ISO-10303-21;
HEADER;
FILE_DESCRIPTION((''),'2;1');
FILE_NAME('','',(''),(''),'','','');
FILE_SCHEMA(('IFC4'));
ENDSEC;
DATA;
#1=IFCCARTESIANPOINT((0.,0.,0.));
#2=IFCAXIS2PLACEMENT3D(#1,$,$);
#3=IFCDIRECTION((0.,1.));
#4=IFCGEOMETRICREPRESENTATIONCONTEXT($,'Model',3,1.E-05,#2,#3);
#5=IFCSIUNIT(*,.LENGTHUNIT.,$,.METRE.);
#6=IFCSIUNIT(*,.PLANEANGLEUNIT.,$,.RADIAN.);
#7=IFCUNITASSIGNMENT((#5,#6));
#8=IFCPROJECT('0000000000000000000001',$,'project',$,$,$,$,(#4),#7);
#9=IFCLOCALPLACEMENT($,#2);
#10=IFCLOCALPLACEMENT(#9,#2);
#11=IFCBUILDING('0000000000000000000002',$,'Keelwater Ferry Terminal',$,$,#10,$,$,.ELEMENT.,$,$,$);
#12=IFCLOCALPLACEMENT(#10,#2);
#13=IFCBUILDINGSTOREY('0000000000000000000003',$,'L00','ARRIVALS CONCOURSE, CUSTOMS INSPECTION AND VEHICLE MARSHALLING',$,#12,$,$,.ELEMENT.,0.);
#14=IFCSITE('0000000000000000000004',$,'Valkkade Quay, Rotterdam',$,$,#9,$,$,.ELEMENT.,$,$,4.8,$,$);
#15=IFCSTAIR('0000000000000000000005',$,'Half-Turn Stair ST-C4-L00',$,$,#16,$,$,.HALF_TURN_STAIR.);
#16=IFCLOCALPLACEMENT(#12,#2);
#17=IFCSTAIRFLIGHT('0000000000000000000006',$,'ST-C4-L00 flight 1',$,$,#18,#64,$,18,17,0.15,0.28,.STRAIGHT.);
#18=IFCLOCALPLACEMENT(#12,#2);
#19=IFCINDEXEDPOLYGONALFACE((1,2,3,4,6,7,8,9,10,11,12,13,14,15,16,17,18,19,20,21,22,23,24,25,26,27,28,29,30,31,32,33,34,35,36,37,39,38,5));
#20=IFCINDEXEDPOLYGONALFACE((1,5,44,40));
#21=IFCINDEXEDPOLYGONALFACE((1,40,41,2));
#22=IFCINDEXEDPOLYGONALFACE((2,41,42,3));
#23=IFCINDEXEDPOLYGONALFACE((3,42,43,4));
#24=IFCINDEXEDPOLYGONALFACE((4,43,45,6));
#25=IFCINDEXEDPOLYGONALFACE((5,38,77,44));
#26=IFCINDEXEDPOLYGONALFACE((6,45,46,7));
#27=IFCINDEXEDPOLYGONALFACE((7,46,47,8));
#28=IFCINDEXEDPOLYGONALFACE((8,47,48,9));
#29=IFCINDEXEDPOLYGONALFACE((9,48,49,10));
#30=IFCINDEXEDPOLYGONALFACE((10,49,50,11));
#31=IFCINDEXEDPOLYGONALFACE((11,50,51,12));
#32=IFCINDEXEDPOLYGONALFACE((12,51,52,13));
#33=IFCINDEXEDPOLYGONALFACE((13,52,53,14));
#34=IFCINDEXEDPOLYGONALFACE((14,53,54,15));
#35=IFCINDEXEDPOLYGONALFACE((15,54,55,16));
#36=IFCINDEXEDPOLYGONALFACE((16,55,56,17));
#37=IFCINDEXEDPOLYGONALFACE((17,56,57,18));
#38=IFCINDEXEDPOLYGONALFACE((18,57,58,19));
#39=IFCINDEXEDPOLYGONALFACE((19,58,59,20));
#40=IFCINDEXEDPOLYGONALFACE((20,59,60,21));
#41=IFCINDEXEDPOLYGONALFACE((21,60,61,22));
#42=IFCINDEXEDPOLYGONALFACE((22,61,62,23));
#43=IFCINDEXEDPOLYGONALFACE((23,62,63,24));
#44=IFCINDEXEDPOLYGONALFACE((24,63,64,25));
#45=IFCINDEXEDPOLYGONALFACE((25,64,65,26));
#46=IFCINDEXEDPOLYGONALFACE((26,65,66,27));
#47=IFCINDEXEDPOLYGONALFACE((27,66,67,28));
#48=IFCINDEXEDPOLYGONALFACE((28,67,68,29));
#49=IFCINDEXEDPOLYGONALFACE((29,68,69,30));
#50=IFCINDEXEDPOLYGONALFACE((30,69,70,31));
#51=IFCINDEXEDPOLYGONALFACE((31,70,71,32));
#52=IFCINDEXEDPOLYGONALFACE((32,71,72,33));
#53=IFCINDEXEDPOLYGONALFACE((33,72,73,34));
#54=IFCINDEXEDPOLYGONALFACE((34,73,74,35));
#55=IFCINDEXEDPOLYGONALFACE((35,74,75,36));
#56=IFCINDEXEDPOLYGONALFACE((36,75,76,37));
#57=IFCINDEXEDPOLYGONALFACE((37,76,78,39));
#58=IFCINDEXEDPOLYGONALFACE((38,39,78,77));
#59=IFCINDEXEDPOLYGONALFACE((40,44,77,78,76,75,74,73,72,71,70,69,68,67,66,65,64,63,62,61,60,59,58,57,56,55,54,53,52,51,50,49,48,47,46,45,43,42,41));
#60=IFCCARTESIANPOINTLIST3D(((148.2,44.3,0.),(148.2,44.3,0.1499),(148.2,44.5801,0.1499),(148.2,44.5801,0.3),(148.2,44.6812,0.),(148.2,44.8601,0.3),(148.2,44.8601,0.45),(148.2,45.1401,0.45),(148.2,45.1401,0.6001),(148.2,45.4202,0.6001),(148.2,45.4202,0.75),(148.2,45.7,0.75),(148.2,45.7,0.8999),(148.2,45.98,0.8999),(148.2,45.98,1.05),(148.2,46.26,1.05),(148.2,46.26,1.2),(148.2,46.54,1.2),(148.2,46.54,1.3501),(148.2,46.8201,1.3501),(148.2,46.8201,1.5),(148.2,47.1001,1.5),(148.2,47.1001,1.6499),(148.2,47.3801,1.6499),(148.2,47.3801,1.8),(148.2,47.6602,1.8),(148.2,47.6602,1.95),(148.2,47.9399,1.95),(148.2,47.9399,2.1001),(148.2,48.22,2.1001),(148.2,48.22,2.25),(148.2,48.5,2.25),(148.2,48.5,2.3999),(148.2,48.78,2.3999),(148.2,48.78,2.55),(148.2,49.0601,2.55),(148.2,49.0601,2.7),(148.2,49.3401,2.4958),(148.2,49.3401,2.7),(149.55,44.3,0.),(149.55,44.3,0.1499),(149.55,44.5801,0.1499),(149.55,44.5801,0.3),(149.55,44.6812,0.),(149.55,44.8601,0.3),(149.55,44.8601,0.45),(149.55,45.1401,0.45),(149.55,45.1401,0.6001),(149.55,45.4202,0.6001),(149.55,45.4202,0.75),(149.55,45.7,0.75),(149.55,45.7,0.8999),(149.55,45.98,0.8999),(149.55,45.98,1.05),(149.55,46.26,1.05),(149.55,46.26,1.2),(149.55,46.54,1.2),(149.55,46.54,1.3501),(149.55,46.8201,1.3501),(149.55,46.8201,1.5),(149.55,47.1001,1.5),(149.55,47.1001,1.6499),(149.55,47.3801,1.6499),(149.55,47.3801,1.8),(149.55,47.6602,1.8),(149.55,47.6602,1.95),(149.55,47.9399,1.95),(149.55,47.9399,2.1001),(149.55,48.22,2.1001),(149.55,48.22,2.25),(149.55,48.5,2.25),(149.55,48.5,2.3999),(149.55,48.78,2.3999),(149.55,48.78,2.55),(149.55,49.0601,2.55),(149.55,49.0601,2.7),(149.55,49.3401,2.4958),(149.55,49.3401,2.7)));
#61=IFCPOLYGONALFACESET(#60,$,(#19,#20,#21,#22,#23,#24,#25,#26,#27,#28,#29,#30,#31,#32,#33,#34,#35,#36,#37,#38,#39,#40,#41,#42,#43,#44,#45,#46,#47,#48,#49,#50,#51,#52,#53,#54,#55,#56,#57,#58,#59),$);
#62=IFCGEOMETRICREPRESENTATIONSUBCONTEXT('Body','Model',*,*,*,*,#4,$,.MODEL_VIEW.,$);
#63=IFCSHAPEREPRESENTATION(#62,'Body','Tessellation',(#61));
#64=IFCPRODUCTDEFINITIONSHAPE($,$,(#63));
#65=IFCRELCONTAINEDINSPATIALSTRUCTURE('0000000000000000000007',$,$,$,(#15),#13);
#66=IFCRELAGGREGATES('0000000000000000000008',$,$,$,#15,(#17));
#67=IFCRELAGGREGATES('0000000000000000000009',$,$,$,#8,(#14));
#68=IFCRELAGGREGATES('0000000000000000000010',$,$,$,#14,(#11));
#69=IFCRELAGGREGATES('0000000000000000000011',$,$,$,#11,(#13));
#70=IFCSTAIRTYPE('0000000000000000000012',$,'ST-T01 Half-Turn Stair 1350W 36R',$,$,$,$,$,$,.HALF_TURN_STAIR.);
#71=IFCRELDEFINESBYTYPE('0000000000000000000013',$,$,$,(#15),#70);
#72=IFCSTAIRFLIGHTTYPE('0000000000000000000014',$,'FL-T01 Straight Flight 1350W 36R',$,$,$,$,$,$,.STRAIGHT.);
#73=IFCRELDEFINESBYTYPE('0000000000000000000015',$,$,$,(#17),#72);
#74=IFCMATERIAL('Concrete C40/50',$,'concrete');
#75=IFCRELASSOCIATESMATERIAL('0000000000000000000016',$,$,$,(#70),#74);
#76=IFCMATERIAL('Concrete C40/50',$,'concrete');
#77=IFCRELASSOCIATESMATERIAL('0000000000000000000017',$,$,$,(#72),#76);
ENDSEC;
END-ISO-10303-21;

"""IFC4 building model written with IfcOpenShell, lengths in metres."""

from ifc_helpers import new_model, si_unit, direction, frame, origin, place, context, subcontext, project, spatial, polyline, outline, extrude, material, type_object, element, aggregate, save


model = new_model("IFC4")

# Units and contexts
model_context = context("Model", 3, precision=1e-05, world=origin(), true_north=direction((0.0, 1.0)))
body_context = subcontext(model_context, "Body", "Model", "MODEL_VIEW")
ifc_project = project(units=[si_unit("LENGTHUNIT", "METRE"), si_unit("PLANEANGLEUNIT", "RADIAN")], contexts=[model_context])

# Site, building, storey
site_placement = place(None, origin())
site = spatial("IfcSite", under=ifc_project, at=site_placement, Name="Valkkade Quay, Rotterdam", CompositionType="ELEMENT", RefElevation=4.8)
building_placement = place(site_placement, origin())
building = spatial("IfcBuilding", under=site, at=building_placement, Name="Keelwater Ferry Terminal", CompositionType="ELEMENT")
storey_placement = place(building_placement, origin())
storey = spatial("IfcBuildingStorey", under=building, at=storey_placement, Name="L00", Description="ARRIVALS CONCOURSE, CUSTOMS INSPECTION AND VEHICLE MARSHALLING", CompositionType="ELEMENT", Elevation=0.0)

# Stair, stair flight
ifc_material_1 = material(Name="Concrete C40/50", Category="concrete")
stair_type = type_object("IfcStairType", Name="ST-T01 Half-Turn Stair 1350W 36R", PredefinedType="HALF_TURN_STAIR", material=ifc_material_1)
stair_placement = place(storey_placement, origin())
stair = element("IfcStair", 1, at=stair_placement, inside=storey, type_object=stair_type, Name="Half-Turn Stair ST-C4-L00", PredefinedType="HALF_TURN_STAIR")
ifc_material_2 = material(Name="Concrete C40/50", Category="concrete")
stair_flight_type = type_object("IfcStairFlightType", Name="FL-T01 Straight Flight 1350W 36R", PredefinedType="STRAIGHT", material=ifc_material_2)
stair_flight_placement = place(storey_placement, frame((148.875, 44.3, 0.0), z_axis=(0.0, 0.0, 1.0), x_axis=(0.0, 1.0, 0.0)))
stair_flight = element("IfcStairFlight", 2, at=stair_flight_placement, type_object=stair_flight_type, Name="ST-C4-L00 flight 1", NumberOfRisers=18, NumberOfTreads=17, PredefinedType="STRAIGHT", RiserHeight=0.15, TreadLength=0.28, context=body_context, shape_type="SweptSolid", body=[
    extrude(outline(polyline([(0.0, 0.0), (0.0, 0.1499), (0.28, 0.1499), (0.28, 0.3), (0.5601, 0.3), (0.5601, 0.45), (0.8401, 0.45), (0.8401, 0.6001), (1.1201, 0.6001), (1.1201, 0.75), (1.3999, 0.75), (1.3999, 0.8999), (1.6799, 0.8999), (1.6799, 1.05), (1.96, 1.05), (1.96, 1.2), (2.24, 1.2), (2.24, 1.3501), (2.52, 1.3501), (2.52, 1.5), (2.8, 1.5), (2.8, 1.6499), (3.0801, 1.6499), (3.0801, 1.8), (3.3601, 1.8), (3.3601, 1.95), (3.6399, 1.95), (3.6399, 2.1001), (3.9199, 2.1001), (3.9199, 2.25), (4.2, 2.25), (4.2, 2.3999), (4.48, 2.3999), (4.48, 2.55), (4.76, 2.55), (4.76, 2.7), (5.04, 2.7), (5.04, 2.4958), (0.3811, 0.0), (0.0, 0.0)])), frame((0.0, 0.675, 0.0), z_axis=(0.0, -1.0, 0.0), x_axis=(1.0, 0.0, 0.0)), (0.0, 0.0, 1.0), 1.3501),
])
aggregate(stair, [stair_flight])

save(model, "model.ifc")
